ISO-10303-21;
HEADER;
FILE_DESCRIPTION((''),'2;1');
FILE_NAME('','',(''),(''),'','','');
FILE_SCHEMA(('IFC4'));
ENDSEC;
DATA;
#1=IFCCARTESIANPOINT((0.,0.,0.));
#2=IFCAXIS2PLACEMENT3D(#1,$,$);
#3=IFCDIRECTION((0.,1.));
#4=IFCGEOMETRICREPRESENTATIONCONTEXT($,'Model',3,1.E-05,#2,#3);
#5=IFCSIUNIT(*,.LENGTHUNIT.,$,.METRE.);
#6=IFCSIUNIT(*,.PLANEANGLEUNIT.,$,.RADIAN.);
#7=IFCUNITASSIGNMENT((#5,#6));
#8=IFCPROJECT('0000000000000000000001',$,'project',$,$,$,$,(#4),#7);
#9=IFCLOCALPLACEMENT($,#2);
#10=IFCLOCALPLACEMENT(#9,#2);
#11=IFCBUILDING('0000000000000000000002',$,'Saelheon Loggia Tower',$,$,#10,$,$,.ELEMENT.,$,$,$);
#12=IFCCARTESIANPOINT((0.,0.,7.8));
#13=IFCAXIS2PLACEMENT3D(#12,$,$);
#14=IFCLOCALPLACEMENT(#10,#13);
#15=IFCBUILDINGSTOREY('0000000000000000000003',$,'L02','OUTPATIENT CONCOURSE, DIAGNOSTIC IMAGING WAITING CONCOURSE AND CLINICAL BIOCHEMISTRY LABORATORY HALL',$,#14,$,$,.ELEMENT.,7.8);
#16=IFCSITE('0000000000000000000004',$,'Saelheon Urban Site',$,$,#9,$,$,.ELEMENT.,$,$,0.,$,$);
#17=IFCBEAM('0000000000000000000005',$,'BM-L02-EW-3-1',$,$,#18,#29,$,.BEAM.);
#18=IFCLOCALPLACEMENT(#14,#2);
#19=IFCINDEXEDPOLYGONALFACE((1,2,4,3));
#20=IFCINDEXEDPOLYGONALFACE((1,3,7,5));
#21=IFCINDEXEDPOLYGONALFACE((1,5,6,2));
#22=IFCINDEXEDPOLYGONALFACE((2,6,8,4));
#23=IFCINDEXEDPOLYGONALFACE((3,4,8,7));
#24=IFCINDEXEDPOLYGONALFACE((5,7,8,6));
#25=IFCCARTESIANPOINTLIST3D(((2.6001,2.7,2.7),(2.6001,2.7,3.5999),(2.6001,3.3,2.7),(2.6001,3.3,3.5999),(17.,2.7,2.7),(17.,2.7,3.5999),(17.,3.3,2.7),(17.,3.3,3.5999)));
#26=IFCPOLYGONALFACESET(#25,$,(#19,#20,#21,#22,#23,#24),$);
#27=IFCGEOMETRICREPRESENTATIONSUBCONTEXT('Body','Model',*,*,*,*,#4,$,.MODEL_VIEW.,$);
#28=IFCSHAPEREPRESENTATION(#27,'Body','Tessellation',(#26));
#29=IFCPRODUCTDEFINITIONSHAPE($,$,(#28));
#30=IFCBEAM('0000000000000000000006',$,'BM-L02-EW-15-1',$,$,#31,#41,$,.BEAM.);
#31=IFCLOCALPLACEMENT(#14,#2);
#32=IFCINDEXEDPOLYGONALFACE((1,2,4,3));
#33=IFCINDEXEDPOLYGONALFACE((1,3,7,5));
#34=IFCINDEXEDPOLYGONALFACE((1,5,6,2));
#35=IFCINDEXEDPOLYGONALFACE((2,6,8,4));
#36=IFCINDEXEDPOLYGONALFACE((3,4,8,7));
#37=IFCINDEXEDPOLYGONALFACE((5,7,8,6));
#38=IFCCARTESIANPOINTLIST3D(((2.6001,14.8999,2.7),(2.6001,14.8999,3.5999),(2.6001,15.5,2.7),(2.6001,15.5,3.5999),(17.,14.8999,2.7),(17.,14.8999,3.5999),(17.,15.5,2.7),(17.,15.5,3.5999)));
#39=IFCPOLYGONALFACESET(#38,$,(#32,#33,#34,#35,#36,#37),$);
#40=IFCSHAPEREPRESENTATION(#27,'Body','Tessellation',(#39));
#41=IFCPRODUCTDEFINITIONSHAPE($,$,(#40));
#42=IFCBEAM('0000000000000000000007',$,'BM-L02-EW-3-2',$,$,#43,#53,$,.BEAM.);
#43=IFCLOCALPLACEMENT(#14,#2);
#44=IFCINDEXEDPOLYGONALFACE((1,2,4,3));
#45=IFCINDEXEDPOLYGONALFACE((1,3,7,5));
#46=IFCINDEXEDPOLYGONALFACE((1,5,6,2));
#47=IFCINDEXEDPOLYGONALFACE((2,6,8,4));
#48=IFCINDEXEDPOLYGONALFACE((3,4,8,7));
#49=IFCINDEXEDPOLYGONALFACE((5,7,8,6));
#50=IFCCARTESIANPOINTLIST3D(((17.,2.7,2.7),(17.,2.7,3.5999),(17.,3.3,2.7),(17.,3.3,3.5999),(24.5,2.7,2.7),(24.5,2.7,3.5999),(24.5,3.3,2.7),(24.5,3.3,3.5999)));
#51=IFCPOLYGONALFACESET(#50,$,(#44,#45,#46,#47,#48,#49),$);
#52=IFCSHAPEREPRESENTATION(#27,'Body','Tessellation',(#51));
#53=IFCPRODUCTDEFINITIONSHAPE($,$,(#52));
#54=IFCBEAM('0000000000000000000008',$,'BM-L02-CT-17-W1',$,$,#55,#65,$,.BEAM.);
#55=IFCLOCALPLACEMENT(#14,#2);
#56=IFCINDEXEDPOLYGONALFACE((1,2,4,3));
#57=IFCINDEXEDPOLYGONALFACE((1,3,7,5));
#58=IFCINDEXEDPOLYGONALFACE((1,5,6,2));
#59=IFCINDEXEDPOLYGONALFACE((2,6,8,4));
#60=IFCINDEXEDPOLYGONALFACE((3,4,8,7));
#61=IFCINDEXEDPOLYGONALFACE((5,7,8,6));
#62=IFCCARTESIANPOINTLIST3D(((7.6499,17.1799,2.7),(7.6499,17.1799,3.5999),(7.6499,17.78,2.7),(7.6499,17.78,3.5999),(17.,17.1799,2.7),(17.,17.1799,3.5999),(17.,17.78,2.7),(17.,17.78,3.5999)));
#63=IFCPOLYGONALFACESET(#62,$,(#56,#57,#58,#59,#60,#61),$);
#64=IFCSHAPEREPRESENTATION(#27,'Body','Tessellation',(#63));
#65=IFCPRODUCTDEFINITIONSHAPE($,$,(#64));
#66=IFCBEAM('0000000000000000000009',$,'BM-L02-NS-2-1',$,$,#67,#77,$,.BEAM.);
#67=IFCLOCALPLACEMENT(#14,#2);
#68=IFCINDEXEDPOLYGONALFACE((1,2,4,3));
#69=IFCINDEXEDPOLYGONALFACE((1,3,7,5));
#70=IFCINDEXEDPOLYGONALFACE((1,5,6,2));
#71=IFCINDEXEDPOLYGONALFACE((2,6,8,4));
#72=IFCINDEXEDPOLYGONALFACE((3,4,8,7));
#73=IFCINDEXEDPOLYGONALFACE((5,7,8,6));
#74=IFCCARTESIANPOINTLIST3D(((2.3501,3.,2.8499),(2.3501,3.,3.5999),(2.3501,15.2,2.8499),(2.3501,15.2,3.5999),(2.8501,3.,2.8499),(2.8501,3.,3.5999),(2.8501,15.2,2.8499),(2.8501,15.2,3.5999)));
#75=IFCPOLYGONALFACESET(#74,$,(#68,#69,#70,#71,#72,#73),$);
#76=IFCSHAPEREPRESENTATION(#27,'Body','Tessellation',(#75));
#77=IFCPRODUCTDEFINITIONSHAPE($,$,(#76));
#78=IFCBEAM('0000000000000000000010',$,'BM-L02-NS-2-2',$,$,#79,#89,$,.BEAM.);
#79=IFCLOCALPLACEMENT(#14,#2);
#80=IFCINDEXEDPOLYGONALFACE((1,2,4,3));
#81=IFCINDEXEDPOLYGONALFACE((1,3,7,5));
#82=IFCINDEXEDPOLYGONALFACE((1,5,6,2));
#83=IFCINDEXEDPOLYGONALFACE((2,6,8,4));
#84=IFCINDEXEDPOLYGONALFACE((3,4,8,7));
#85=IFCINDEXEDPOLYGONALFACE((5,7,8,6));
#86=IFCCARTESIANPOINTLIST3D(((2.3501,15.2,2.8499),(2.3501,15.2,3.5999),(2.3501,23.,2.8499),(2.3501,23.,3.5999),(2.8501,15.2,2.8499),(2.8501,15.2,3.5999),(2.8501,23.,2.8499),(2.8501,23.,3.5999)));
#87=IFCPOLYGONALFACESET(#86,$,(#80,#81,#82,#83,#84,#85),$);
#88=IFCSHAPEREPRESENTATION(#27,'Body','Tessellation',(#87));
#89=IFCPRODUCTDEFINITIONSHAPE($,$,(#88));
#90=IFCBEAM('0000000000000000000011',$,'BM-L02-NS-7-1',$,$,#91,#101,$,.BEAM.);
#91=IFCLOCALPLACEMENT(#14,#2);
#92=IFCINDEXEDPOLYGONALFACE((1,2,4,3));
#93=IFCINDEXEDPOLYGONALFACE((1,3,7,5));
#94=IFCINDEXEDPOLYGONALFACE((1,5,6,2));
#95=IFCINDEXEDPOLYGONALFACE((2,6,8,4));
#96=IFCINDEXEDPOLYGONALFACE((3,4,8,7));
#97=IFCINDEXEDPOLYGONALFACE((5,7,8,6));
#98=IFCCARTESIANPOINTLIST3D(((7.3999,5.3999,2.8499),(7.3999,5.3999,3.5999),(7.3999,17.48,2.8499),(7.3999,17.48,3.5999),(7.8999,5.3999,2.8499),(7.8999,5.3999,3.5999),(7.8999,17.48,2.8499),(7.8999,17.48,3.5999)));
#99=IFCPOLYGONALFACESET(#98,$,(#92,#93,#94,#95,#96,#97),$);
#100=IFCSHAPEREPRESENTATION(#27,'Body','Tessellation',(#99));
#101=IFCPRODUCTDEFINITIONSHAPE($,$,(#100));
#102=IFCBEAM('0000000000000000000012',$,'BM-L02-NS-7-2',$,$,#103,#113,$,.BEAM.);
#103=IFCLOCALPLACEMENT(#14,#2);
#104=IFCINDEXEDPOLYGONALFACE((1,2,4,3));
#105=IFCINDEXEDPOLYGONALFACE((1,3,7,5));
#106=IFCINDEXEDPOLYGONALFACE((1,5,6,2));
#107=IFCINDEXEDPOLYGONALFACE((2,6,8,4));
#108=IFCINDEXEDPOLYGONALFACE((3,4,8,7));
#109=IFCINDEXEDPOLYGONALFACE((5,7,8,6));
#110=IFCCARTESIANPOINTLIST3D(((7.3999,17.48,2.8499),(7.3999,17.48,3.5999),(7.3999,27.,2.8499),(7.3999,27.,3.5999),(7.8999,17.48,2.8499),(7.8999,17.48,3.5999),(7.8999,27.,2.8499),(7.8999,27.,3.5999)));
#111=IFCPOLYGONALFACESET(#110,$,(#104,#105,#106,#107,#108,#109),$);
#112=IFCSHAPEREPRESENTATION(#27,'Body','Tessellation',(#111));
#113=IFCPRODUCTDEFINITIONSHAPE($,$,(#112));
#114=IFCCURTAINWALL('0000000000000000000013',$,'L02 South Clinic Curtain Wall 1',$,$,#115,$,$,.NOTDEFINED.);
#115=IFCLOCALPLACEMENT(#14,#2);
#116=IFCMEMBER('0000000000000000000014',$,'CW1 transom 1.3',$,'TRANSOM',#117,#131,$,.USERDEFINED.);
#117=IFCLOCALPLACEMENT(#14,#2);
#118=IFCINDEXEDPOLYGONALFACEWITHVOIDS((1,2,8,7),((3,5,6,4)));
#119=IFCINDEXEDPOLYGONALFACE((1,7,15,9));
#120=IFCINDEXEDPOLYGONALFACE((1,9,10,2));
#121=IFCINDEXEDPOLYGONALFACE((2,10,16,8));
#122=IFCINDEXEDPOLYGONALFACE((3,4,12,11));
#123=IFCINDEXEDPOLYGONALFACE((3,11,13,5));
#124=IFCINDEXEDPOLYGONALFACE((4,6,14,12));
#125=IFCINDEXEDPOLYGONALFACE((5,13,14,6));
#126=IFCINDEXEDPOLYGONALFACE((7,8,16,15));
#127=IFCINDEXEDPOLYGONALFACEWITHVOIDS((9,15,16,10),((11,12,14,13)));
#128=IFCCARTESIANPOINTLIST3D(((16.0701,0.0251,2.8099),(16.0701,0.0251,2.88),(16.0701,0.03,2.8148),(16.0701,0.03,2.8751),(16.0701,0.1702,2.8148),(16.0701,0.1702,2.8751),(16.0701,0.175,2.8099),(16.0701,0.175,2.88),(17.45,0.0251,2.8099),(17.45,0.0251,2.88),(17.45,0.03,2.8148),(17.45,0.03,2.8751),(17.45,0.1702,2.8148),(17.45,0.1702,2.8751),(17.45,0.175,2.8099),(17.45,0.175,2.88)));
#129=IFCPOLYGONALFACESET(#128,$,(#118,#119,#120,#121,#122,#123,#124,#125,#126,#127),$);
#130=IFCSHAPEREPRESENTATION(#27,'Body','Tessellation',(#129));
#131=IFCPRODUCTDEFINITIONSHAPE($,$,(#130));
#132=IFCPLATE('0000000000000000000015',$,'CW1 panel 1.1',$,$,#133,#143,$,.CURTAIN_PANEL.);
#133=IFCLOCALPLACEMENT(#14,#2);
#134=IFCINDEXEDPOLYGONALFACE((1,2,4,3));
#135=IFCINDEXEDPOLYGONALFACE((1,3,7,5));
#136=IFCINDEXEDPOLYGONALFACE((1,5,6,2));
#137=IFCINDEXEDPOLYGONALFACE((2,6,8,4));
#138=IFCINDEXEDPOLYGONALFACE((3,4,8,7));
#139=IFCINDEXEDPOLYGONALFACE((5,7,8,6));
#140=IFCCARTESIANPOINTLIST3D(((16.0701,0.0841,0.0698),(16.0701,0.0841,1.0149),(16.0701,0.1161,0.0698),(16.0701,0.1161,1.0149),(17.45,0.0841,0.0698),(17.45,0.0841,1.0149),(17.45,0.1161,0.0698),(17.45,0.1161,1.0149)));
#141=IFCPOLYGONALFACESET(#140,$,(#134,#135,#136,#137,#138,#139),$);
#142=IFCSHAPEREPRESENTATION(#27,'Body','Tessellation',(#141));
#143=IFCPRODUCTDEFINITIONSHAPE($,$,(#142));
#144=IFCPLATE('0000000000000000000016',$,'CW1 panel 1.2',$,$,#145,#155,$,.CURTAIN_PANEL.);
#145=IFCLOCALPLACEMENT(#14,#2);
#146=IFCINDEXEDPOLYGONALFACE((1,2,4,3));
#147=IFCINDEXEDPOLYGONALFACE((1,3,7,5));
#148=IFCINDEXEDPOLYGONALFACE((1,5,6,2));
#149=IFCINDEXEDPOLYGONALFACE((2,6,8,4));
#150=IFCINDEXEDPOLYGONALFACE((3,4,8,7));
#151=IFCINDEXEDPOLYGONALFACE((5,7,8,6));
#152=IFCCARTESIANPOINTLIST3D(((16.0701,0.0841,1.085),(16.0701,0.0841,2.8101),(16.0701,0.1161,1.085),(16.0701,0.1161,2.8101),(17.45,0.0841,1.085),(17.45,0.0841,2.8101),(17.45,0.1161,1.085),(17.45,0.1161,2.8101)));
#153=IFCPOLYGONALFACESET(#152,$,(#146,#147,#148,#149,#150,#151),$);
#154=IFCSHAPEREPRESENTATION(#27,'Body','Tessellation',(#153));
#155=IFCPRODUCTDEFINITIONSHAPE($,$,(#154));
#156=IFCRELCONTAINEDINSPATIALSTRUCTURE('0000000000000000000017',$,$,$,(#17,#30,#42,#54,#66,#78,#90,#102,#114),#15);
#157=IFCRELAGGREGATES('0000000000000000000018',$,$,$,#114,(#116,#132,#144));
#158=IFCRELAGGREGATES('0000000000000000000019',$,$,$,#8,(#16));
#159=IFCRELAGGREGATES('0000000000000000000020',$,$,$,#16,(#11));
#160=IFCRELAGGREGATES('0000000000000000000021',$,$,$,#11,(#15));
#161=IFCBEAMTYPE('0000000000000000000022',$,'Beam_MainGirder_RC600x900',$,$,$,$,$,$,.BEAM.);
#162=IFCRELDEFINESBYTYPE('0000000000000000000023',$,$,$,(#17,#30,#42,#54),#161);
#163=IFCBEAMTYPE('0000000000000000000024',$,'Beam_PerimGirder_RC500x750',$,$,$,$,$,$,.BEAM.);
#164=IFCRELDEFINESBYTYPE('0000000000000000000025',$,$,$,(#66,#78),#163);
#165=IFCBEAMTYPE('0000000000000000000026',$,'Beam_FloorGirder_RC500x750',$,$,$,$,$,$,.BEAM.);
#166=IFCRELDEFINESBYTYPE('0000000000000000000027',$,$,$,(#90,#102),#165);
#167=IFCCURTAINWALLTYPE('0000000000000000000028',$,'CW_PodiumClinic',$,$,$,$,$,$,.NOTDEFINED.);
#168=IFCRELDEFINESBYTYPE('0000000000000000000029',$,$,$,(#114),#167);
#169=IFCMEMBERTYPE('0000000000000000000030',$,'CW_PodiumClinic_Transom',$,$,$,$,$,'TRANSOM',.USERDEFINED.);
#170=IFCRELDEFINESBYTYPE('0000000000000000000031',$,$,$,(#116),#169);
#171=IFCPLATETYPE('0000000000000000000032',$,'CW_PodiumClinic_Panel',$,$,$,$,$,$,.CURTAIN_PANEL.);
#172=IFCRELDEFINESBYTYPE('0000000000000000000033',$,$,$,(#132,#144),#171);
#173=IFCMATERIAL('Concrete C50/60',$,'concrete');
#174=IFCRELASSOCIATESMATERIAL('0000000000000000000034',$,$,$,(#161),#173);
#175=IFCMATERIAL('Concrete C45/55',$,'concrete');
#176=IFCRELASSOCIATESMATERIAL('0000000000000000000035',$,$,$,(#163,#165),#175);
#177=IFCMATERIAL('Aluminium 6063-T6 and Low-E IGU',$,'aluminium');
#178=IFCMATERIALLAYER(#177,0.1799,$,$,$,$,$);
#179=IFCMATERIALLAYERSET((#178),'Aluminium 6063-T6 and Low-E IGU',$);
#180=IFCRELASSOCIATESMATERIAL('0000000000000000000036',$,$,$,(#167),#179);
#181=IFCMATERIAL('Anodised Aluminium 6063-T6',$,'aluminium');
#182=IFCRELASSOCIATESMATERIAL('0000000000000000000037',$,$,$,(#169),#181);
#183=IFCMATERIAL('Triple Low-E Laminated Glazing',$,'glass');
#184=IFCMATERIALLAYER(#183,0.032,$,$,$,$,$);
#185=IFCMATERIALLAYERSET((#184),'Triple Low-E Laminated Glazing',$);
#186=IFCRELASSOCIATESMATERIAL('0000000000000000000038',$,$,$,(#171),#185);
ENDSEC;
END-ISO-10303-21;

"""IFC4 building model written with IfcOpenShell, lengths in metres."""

from ifc_helpers import new_model, si_unit, direction, frame, origin, origin_2d, place, context, subcontext, project, spatial, rectangle, hollow_rectangle, extrude, source, transform, mapped, material, layer, layer_set, material_profile, profile_set, type_object, element, aggregate, save


model = new_model("IFC4")

# Units and contexts
model_context = context("Model", 3, precision=1e-05, world=origin(), true_north=direction((0.0, 1.0)))
body_context = subcontext(model_context, "Body", "Model", "MODEL_VIEW")
ifc_project = project(units=[si_unit("LENGTHUNIT", "METRE"), si_unit("PLANEANGLEUNIT", "RADIAN")], contexts=[model_context])

# Site, building, storey
site_placement = place(None, origin())
site = spatial("IfcSite", under=ifc_project, at=site_placement, Name="Saelheon Urban Site", CompositionType="ELEMENT", RefElevation=0.0)
building_placement = place(site_placement, origin())
building = spatial("IfcBuilding", under=site, at=building_placement, Name="Saelheon Loggia Tower", CompositionType="ELEMENT")
storey_placement = place(building_placement, frame((0.0, 0.0, 7.8)))
storey = spatial("IfcBuildingStorey", under=building, at=storey_placement, Name="L02", Description="OUTPATIENT CONCOURSE, DIAGNOSTIC IMAGING WAITING CONCOURSE AND CLINICAL BIOCHEMISTRY LABORATORY HALL", CompositionType="ELEMENT", Elevation=7.8)

# Shared definitions
ifc_material_1 = material(Name="Concrete C50/60", Category="concrete")
ifc_material_2 = material(Name="Concrete C45/55", Category="concrete")

# Beams
ifc_material_profile_1 = material_profile(ifc_material_1, rectangle(XDim=0.6001, YDim=0.8999, at=origin_2d()), Name="RC-600x900")
ifc_profile_set_1 = profile_set([ifc_material_profile_1], Name="Concrete C50/60")
beam_type_1 = type_object("IfcBeamType", Name="Beam_MainGirder_RC600x900", PredefinedType="BEAM", material=ifc_profile_set_1)
shared_shape_1 = source(origin(), body_context, "Body", "SweptSolid", [
    extrude(rectangle(XDim=0.6001, YDim=0.8999, at=origin_2d()), origin(), (0.0, 0.0, 1.0), 14.3999),
])
for number, where, z_axis, x_axis, name in (
    (1, (2.6001, 3.0, 3.1499), (1.0, 0.0, 0.0), (0.0, 1.0, 0.0), "BM-L02-EW-3-1"),
    (2, (2.6001, 15.2, 3.1499), (1.0, 0.0, 0.0), (0.0, 1.0, 0.0), "BM-L02-EW-15-1"),
):
    element("IfcBeam", number, at=place(storey_placement, frame(where, z_axis=z_axis, x_axis=x_axis)), inside=storey, type_object=beam_type_1, Name=name, PredefinedType="BEAM", context=body_context, shape_type="MappedRepresentation", body=[
        mapped(shared_shape_1, transform((0.0, 0.0, 0.0), scale=1.0)),
    ])
shared_shape_2 = source(origin(), body_context, "Body", "SweptSolid", [
    extrude(rectangle(XDim=0.6001, YDim=0.8999, at=origin_2d()), origin(), (0.0, 0.0, 1.0), 7.5),
])
beam_1_placement = place(storey_placement, frame((17.0, 3.0, 3.1499), z_axis=(1.0, 0.0, 0.0), x_axis=(0.0, 1.0, 0.0)))
element("IfcBeam", 3, at=beam_1_placement, inside=storey, type_object=beam_type_1, Name="BM-L02-EW-3-2", PredefinedType="BEAM", context=body_context, shape_type="MappedRepresentation", body=[
    mapped(shared_shape_2, transform((0.0, 0.0, 0.0), scale=1.0)),
])
shared_shape_3 = source(origin(), body_context, "Body", "SweptSolid", [
    extrude(rectangle(XDim=0.6001, YDim=0.8999, at=origin_2d()), origin(), (0.0, 0.0, 1.0), 9.3501),
])
beam_2_placement = place(storey_placement, frame((7.6499, 17.48, 3.1499), z_axis=(1.0, 0.0, 0.0), x_axis=(0.0, 1.0, 0.0)))
element("IfcBeam", 4, at=beam_2_placement, inside=storey, type_object=beam_type_1, Name="BM-L02-CT-17-W1", PredefinedType="BEAM", context=body_context, shape_type="MappedRepresentation", body=[
    mapped(shared_shape_3, transform((0.0, 0.0, 0.0), scale=1.0)),
])
ifc_material_profile_2 = material_profile(ifc_material_2, rectangle(XDim=0.5, YDim=0.75, at=origin_2d()), Name="RC-500x750")
ifc_profile_set_2 = profile_set([ifc_material_profile_2], Name="Concrete C45/55")
beam_type_2 = type_object("IfcBeamType", Name="Beam_PerimGirder_RC500x750", PredefinedType="BEAM", material=ifc_profile_set_2)
shared_shape_4 = source(origin(), body_context, "Body", "SweptSolid", [
    extrude(rectangle(XDim=0.5, YDim=0.75, at=origin_2d()), origin(), (0.0, 0.0, 1.0), 12.2),
])
beam_3_placement = place(storey_placement, frame((2.6001, 3.0, 3.2249), z_axis=(0.0, 1.0, 0.0), x_axis=(-1.0, 0.0, 0.0)))
element("IfcBeam", 5, at=beam_3_placement, inside=storey, type_object=beam_type_2, Name="BM-L02-NS-2-1", PredefinedType="BEAM", context=body_context, shape_type="MappedRepresentation", body=[
    mapped(shared_shape_4, transform((0.0, 0.0, 0.0), scale=1.0)),
])
shared_shape_5 = source(origin(), body_context, "Body", "SweptSolid", [
    extrude(rectangle(XDim=0.5, YDim=0.75, at=origin_2d()), origin(), (0.0, 0.0, 1.0), 7.8),
])
beam_4_placement = place(storey_placement, frame((2.6001, 15.2, 3.2249), z_axis=(0.0, 1.0, 0.0), x_axis=(-1.0, 0.0, 0.0)))
element("IfcBeam", 6, at=beam_4_placement, inside=storey, type_object=beam_type_2, Name="BM-L02-NS-2-2", PredefinedType="BEAM", context=body_context, shape_type="MappedRepresentation", body=[
    mapped(shared_shape_5, transform((0.0, 0.0, 0.0), scale=1.0)),
])
ifc_material_profile_3 = material_profile(ifc_material_2, rectangle(XDim=0.5, YDim=0.75, at=origin_2d()), Name="RC-500x750")
ifc_profile_set_3 = profile_set([ifc_material_profile_3], Name="Concrete C45/55")
beam_type_3 = type_object("IfcBeamType", Name="Beam_FloorGirder_RC500x750", PredefinedType="BEAM", material=ifc_profile_set_3)
shared_shape_6 = source(origin(), body_context, "Body", "SweptSolid", [
    extrude(rectangle(XDim=0.5, YDim=0.75, at=origin_2d()), origin(), (0.0, 0.0, 1.0), 12.0801),
])
beam_5_placement = place(storey_placement, frame((7.6499, 5.3999, 3.2249), z_axis=(0.0, 1.0, 0.0), x_axis=(-1.0, 0.0, 0.0)))
element("IfcBeam", 7, at=beam_5_placement, inside=storey, type_object=beam_type_3, Name="BM-L02-NS-7-1", PredefinedType="BEAM", context=body_context, shape_type="MappedRepresentation", body=[
    mapped(shared_shape_6, transform((0.0, 0.0, 0.0), scale=1.0)),
])
shared_shape_7 = source(origin(), body_context, "Body", "SweptSolid", [
    extrude(rectangle(XDim=0.5, YDim=0.75, at=origin_2d()), origin(), (0.0, 0.0, 1.0), 9.52),
])
beam_6_placement = place(storey_placement, frame((7.6499, 17.48, 3.2249), z_axis=(0.0, 1.0, 0.0), x_axis=(-1.0, 0.0, 0.0)))
element("IfcBeam", 8, at=beam_6_placement, inside=storey, type_object=beam_type_3, Name="BM-L02-NS-7-2", PredefinedType="BEAM", context=body_context, shape_type="MappedRepresentation", body=[
    mapped(shared_shape_7, transform((0.0, 0.0, 0.0), scale=1.0)),
])

# Curtain wall, member, plates
ifc_material_3 = material(Name="Aluminium 6063-T6 and Low-E IGU", Category="aluminium")
ifc_layer_1 = layer(ifc_material_3, 0.1799)
ifc_layer_set_1 = layer_set([ifc_layer_1], Name="Aluminium 6063-T6 and Low-E IGU")
curtain_wall_type = type_object("IfcCurtainWallType", Name="CW_PodiumClinic", PredefinedType="NOTDEFINED", material=ifc_layer_set_1)
curtain_wall_placement = place(storey_placement, origin())
curtain_wall = element("IfcCurtainWall", 9, at=curtain_wall_placement, inside=storey, type_object=curtain_wall_type, Name="L02 South Clinic Curtain Wall 1", PredefinedType="NOTDEFINED")
ifc_material_4 = material(Name="Anodised Aluminium 6063-T6", Category="aluminium")
ifc_material_profile_4 = material_profile(ifc_material_4, hollow_rectangle(XDim=0.0701, YDim=0.1499, WallThickness=0.0049, at=origin_2d()), Name="RHS-150x70x5")
ifc_profile_set_4 = profile_set([ifc_material_profile_4], Name="Anodised Aluminium 6063-T6")
member_type = type_object("IfcMemberType", Name="CW_PodiumClinic_Transom", ElementType="TRANSOM", PredefinedType="USERDEFINED", material=ifc_profile_set_4)
shared_shape_8 = source(origin(), body_context, "Body", "SweptSolid", [
    extrude(hollow_rectangle(XDim=0.0701, YDim=0.1499, WallThickness=0.0049, at=origin_2d()), origin(), (0.0, 0.0, 1.0), 1.3799),
])
member_placement = place(storey_placement, frame((16.0701, 0.1001, 2.845), z_axis=(1.0, 0.0, 0.0), x_axis=(0.0, 0.0, 1.0)))
member = element("IfcMember", 10, at=member_placement, type_object=member_type, Name="CW1 transom 1.3", ObjectType="TRANSOM", PredefinedType="USERDEFINED", context=body_context, shape_type="MappedRepresentation", body=[
    mapped(shared_shape_8, transform((0.0, 0.0, 0.0), scale=1.0)),
])
ifc_material_5 = material(Name="Triple Low-E Laminated Glazing", Category="glass")
ifc_layer_2 = layer(ifc_material_5, 0.032)
ifc_layer_set_2 = layer_set([ifc_layer_2], Name="Triple Low-E Laminated Glazing")
plate_type = type_object("IfcPlateType", Name="CW_PodiumClinic_Panel", PredefinedType="CURTAIN_PANEL", material=ifc_layer_set_2)
shared_shape_9 = source(origin(), body_context, "Body", "SweptSolid", [
    extrude(rectangle(XDim=1.3799, YDim=0.032, at=origin_2d()), origin(), (0.0, 0.0, 1.0), 0.9451),
])
plate_1_placement = place(storey_placement, frame((16.76, 0.1001, 0.0698), z_axis=(0.0, 0.0, 1.0), x_axis=(1.0, 0.0, 0.0)))
plate_1 = element("IfcPlate", 11, at=plate_1_placement, type_object=plate_type, Name="CW1 panel 1.1", PredefinedType="CURTAIN_PANEL", context=body_context, shape_type="MappedRepresentation", body=[
    mapped(shared_shape_9, transform((0.0, 0.0, 0.0), scale=1.0)),
])
shared_shape_10 = source(origin(), body_context, "Body", "SweptSolid", [
    extrude(rectangle(XDim=1.3799, YDim=0.032, at=origin_2d()), origin(), (0.0, 0.0, 1.0), 1.7251),
])
plate_2_placement = place(storey_placement, frame((16.76, 0.1001, 1.085), z_axis=(0.0, 0.0, 1.0), x_axis=(1.0, 0.0, 0.0)))
plate_2 = element("IfcPlate", 12, at=plate_2_placement, type_object=plate_type, Name="CW1 panel 1.2", PredefinedType="CURTAIN_PANEL", context=body_context, shape_type="MappedRepresentation", body=[
    mapped(shared_shape_10, transform((0.0, 0.0, 0.0), scale=1.0)),
])
aggregate(curtain_wall, [member, plate_1, plate_2])

save(model, "model.ifc")
